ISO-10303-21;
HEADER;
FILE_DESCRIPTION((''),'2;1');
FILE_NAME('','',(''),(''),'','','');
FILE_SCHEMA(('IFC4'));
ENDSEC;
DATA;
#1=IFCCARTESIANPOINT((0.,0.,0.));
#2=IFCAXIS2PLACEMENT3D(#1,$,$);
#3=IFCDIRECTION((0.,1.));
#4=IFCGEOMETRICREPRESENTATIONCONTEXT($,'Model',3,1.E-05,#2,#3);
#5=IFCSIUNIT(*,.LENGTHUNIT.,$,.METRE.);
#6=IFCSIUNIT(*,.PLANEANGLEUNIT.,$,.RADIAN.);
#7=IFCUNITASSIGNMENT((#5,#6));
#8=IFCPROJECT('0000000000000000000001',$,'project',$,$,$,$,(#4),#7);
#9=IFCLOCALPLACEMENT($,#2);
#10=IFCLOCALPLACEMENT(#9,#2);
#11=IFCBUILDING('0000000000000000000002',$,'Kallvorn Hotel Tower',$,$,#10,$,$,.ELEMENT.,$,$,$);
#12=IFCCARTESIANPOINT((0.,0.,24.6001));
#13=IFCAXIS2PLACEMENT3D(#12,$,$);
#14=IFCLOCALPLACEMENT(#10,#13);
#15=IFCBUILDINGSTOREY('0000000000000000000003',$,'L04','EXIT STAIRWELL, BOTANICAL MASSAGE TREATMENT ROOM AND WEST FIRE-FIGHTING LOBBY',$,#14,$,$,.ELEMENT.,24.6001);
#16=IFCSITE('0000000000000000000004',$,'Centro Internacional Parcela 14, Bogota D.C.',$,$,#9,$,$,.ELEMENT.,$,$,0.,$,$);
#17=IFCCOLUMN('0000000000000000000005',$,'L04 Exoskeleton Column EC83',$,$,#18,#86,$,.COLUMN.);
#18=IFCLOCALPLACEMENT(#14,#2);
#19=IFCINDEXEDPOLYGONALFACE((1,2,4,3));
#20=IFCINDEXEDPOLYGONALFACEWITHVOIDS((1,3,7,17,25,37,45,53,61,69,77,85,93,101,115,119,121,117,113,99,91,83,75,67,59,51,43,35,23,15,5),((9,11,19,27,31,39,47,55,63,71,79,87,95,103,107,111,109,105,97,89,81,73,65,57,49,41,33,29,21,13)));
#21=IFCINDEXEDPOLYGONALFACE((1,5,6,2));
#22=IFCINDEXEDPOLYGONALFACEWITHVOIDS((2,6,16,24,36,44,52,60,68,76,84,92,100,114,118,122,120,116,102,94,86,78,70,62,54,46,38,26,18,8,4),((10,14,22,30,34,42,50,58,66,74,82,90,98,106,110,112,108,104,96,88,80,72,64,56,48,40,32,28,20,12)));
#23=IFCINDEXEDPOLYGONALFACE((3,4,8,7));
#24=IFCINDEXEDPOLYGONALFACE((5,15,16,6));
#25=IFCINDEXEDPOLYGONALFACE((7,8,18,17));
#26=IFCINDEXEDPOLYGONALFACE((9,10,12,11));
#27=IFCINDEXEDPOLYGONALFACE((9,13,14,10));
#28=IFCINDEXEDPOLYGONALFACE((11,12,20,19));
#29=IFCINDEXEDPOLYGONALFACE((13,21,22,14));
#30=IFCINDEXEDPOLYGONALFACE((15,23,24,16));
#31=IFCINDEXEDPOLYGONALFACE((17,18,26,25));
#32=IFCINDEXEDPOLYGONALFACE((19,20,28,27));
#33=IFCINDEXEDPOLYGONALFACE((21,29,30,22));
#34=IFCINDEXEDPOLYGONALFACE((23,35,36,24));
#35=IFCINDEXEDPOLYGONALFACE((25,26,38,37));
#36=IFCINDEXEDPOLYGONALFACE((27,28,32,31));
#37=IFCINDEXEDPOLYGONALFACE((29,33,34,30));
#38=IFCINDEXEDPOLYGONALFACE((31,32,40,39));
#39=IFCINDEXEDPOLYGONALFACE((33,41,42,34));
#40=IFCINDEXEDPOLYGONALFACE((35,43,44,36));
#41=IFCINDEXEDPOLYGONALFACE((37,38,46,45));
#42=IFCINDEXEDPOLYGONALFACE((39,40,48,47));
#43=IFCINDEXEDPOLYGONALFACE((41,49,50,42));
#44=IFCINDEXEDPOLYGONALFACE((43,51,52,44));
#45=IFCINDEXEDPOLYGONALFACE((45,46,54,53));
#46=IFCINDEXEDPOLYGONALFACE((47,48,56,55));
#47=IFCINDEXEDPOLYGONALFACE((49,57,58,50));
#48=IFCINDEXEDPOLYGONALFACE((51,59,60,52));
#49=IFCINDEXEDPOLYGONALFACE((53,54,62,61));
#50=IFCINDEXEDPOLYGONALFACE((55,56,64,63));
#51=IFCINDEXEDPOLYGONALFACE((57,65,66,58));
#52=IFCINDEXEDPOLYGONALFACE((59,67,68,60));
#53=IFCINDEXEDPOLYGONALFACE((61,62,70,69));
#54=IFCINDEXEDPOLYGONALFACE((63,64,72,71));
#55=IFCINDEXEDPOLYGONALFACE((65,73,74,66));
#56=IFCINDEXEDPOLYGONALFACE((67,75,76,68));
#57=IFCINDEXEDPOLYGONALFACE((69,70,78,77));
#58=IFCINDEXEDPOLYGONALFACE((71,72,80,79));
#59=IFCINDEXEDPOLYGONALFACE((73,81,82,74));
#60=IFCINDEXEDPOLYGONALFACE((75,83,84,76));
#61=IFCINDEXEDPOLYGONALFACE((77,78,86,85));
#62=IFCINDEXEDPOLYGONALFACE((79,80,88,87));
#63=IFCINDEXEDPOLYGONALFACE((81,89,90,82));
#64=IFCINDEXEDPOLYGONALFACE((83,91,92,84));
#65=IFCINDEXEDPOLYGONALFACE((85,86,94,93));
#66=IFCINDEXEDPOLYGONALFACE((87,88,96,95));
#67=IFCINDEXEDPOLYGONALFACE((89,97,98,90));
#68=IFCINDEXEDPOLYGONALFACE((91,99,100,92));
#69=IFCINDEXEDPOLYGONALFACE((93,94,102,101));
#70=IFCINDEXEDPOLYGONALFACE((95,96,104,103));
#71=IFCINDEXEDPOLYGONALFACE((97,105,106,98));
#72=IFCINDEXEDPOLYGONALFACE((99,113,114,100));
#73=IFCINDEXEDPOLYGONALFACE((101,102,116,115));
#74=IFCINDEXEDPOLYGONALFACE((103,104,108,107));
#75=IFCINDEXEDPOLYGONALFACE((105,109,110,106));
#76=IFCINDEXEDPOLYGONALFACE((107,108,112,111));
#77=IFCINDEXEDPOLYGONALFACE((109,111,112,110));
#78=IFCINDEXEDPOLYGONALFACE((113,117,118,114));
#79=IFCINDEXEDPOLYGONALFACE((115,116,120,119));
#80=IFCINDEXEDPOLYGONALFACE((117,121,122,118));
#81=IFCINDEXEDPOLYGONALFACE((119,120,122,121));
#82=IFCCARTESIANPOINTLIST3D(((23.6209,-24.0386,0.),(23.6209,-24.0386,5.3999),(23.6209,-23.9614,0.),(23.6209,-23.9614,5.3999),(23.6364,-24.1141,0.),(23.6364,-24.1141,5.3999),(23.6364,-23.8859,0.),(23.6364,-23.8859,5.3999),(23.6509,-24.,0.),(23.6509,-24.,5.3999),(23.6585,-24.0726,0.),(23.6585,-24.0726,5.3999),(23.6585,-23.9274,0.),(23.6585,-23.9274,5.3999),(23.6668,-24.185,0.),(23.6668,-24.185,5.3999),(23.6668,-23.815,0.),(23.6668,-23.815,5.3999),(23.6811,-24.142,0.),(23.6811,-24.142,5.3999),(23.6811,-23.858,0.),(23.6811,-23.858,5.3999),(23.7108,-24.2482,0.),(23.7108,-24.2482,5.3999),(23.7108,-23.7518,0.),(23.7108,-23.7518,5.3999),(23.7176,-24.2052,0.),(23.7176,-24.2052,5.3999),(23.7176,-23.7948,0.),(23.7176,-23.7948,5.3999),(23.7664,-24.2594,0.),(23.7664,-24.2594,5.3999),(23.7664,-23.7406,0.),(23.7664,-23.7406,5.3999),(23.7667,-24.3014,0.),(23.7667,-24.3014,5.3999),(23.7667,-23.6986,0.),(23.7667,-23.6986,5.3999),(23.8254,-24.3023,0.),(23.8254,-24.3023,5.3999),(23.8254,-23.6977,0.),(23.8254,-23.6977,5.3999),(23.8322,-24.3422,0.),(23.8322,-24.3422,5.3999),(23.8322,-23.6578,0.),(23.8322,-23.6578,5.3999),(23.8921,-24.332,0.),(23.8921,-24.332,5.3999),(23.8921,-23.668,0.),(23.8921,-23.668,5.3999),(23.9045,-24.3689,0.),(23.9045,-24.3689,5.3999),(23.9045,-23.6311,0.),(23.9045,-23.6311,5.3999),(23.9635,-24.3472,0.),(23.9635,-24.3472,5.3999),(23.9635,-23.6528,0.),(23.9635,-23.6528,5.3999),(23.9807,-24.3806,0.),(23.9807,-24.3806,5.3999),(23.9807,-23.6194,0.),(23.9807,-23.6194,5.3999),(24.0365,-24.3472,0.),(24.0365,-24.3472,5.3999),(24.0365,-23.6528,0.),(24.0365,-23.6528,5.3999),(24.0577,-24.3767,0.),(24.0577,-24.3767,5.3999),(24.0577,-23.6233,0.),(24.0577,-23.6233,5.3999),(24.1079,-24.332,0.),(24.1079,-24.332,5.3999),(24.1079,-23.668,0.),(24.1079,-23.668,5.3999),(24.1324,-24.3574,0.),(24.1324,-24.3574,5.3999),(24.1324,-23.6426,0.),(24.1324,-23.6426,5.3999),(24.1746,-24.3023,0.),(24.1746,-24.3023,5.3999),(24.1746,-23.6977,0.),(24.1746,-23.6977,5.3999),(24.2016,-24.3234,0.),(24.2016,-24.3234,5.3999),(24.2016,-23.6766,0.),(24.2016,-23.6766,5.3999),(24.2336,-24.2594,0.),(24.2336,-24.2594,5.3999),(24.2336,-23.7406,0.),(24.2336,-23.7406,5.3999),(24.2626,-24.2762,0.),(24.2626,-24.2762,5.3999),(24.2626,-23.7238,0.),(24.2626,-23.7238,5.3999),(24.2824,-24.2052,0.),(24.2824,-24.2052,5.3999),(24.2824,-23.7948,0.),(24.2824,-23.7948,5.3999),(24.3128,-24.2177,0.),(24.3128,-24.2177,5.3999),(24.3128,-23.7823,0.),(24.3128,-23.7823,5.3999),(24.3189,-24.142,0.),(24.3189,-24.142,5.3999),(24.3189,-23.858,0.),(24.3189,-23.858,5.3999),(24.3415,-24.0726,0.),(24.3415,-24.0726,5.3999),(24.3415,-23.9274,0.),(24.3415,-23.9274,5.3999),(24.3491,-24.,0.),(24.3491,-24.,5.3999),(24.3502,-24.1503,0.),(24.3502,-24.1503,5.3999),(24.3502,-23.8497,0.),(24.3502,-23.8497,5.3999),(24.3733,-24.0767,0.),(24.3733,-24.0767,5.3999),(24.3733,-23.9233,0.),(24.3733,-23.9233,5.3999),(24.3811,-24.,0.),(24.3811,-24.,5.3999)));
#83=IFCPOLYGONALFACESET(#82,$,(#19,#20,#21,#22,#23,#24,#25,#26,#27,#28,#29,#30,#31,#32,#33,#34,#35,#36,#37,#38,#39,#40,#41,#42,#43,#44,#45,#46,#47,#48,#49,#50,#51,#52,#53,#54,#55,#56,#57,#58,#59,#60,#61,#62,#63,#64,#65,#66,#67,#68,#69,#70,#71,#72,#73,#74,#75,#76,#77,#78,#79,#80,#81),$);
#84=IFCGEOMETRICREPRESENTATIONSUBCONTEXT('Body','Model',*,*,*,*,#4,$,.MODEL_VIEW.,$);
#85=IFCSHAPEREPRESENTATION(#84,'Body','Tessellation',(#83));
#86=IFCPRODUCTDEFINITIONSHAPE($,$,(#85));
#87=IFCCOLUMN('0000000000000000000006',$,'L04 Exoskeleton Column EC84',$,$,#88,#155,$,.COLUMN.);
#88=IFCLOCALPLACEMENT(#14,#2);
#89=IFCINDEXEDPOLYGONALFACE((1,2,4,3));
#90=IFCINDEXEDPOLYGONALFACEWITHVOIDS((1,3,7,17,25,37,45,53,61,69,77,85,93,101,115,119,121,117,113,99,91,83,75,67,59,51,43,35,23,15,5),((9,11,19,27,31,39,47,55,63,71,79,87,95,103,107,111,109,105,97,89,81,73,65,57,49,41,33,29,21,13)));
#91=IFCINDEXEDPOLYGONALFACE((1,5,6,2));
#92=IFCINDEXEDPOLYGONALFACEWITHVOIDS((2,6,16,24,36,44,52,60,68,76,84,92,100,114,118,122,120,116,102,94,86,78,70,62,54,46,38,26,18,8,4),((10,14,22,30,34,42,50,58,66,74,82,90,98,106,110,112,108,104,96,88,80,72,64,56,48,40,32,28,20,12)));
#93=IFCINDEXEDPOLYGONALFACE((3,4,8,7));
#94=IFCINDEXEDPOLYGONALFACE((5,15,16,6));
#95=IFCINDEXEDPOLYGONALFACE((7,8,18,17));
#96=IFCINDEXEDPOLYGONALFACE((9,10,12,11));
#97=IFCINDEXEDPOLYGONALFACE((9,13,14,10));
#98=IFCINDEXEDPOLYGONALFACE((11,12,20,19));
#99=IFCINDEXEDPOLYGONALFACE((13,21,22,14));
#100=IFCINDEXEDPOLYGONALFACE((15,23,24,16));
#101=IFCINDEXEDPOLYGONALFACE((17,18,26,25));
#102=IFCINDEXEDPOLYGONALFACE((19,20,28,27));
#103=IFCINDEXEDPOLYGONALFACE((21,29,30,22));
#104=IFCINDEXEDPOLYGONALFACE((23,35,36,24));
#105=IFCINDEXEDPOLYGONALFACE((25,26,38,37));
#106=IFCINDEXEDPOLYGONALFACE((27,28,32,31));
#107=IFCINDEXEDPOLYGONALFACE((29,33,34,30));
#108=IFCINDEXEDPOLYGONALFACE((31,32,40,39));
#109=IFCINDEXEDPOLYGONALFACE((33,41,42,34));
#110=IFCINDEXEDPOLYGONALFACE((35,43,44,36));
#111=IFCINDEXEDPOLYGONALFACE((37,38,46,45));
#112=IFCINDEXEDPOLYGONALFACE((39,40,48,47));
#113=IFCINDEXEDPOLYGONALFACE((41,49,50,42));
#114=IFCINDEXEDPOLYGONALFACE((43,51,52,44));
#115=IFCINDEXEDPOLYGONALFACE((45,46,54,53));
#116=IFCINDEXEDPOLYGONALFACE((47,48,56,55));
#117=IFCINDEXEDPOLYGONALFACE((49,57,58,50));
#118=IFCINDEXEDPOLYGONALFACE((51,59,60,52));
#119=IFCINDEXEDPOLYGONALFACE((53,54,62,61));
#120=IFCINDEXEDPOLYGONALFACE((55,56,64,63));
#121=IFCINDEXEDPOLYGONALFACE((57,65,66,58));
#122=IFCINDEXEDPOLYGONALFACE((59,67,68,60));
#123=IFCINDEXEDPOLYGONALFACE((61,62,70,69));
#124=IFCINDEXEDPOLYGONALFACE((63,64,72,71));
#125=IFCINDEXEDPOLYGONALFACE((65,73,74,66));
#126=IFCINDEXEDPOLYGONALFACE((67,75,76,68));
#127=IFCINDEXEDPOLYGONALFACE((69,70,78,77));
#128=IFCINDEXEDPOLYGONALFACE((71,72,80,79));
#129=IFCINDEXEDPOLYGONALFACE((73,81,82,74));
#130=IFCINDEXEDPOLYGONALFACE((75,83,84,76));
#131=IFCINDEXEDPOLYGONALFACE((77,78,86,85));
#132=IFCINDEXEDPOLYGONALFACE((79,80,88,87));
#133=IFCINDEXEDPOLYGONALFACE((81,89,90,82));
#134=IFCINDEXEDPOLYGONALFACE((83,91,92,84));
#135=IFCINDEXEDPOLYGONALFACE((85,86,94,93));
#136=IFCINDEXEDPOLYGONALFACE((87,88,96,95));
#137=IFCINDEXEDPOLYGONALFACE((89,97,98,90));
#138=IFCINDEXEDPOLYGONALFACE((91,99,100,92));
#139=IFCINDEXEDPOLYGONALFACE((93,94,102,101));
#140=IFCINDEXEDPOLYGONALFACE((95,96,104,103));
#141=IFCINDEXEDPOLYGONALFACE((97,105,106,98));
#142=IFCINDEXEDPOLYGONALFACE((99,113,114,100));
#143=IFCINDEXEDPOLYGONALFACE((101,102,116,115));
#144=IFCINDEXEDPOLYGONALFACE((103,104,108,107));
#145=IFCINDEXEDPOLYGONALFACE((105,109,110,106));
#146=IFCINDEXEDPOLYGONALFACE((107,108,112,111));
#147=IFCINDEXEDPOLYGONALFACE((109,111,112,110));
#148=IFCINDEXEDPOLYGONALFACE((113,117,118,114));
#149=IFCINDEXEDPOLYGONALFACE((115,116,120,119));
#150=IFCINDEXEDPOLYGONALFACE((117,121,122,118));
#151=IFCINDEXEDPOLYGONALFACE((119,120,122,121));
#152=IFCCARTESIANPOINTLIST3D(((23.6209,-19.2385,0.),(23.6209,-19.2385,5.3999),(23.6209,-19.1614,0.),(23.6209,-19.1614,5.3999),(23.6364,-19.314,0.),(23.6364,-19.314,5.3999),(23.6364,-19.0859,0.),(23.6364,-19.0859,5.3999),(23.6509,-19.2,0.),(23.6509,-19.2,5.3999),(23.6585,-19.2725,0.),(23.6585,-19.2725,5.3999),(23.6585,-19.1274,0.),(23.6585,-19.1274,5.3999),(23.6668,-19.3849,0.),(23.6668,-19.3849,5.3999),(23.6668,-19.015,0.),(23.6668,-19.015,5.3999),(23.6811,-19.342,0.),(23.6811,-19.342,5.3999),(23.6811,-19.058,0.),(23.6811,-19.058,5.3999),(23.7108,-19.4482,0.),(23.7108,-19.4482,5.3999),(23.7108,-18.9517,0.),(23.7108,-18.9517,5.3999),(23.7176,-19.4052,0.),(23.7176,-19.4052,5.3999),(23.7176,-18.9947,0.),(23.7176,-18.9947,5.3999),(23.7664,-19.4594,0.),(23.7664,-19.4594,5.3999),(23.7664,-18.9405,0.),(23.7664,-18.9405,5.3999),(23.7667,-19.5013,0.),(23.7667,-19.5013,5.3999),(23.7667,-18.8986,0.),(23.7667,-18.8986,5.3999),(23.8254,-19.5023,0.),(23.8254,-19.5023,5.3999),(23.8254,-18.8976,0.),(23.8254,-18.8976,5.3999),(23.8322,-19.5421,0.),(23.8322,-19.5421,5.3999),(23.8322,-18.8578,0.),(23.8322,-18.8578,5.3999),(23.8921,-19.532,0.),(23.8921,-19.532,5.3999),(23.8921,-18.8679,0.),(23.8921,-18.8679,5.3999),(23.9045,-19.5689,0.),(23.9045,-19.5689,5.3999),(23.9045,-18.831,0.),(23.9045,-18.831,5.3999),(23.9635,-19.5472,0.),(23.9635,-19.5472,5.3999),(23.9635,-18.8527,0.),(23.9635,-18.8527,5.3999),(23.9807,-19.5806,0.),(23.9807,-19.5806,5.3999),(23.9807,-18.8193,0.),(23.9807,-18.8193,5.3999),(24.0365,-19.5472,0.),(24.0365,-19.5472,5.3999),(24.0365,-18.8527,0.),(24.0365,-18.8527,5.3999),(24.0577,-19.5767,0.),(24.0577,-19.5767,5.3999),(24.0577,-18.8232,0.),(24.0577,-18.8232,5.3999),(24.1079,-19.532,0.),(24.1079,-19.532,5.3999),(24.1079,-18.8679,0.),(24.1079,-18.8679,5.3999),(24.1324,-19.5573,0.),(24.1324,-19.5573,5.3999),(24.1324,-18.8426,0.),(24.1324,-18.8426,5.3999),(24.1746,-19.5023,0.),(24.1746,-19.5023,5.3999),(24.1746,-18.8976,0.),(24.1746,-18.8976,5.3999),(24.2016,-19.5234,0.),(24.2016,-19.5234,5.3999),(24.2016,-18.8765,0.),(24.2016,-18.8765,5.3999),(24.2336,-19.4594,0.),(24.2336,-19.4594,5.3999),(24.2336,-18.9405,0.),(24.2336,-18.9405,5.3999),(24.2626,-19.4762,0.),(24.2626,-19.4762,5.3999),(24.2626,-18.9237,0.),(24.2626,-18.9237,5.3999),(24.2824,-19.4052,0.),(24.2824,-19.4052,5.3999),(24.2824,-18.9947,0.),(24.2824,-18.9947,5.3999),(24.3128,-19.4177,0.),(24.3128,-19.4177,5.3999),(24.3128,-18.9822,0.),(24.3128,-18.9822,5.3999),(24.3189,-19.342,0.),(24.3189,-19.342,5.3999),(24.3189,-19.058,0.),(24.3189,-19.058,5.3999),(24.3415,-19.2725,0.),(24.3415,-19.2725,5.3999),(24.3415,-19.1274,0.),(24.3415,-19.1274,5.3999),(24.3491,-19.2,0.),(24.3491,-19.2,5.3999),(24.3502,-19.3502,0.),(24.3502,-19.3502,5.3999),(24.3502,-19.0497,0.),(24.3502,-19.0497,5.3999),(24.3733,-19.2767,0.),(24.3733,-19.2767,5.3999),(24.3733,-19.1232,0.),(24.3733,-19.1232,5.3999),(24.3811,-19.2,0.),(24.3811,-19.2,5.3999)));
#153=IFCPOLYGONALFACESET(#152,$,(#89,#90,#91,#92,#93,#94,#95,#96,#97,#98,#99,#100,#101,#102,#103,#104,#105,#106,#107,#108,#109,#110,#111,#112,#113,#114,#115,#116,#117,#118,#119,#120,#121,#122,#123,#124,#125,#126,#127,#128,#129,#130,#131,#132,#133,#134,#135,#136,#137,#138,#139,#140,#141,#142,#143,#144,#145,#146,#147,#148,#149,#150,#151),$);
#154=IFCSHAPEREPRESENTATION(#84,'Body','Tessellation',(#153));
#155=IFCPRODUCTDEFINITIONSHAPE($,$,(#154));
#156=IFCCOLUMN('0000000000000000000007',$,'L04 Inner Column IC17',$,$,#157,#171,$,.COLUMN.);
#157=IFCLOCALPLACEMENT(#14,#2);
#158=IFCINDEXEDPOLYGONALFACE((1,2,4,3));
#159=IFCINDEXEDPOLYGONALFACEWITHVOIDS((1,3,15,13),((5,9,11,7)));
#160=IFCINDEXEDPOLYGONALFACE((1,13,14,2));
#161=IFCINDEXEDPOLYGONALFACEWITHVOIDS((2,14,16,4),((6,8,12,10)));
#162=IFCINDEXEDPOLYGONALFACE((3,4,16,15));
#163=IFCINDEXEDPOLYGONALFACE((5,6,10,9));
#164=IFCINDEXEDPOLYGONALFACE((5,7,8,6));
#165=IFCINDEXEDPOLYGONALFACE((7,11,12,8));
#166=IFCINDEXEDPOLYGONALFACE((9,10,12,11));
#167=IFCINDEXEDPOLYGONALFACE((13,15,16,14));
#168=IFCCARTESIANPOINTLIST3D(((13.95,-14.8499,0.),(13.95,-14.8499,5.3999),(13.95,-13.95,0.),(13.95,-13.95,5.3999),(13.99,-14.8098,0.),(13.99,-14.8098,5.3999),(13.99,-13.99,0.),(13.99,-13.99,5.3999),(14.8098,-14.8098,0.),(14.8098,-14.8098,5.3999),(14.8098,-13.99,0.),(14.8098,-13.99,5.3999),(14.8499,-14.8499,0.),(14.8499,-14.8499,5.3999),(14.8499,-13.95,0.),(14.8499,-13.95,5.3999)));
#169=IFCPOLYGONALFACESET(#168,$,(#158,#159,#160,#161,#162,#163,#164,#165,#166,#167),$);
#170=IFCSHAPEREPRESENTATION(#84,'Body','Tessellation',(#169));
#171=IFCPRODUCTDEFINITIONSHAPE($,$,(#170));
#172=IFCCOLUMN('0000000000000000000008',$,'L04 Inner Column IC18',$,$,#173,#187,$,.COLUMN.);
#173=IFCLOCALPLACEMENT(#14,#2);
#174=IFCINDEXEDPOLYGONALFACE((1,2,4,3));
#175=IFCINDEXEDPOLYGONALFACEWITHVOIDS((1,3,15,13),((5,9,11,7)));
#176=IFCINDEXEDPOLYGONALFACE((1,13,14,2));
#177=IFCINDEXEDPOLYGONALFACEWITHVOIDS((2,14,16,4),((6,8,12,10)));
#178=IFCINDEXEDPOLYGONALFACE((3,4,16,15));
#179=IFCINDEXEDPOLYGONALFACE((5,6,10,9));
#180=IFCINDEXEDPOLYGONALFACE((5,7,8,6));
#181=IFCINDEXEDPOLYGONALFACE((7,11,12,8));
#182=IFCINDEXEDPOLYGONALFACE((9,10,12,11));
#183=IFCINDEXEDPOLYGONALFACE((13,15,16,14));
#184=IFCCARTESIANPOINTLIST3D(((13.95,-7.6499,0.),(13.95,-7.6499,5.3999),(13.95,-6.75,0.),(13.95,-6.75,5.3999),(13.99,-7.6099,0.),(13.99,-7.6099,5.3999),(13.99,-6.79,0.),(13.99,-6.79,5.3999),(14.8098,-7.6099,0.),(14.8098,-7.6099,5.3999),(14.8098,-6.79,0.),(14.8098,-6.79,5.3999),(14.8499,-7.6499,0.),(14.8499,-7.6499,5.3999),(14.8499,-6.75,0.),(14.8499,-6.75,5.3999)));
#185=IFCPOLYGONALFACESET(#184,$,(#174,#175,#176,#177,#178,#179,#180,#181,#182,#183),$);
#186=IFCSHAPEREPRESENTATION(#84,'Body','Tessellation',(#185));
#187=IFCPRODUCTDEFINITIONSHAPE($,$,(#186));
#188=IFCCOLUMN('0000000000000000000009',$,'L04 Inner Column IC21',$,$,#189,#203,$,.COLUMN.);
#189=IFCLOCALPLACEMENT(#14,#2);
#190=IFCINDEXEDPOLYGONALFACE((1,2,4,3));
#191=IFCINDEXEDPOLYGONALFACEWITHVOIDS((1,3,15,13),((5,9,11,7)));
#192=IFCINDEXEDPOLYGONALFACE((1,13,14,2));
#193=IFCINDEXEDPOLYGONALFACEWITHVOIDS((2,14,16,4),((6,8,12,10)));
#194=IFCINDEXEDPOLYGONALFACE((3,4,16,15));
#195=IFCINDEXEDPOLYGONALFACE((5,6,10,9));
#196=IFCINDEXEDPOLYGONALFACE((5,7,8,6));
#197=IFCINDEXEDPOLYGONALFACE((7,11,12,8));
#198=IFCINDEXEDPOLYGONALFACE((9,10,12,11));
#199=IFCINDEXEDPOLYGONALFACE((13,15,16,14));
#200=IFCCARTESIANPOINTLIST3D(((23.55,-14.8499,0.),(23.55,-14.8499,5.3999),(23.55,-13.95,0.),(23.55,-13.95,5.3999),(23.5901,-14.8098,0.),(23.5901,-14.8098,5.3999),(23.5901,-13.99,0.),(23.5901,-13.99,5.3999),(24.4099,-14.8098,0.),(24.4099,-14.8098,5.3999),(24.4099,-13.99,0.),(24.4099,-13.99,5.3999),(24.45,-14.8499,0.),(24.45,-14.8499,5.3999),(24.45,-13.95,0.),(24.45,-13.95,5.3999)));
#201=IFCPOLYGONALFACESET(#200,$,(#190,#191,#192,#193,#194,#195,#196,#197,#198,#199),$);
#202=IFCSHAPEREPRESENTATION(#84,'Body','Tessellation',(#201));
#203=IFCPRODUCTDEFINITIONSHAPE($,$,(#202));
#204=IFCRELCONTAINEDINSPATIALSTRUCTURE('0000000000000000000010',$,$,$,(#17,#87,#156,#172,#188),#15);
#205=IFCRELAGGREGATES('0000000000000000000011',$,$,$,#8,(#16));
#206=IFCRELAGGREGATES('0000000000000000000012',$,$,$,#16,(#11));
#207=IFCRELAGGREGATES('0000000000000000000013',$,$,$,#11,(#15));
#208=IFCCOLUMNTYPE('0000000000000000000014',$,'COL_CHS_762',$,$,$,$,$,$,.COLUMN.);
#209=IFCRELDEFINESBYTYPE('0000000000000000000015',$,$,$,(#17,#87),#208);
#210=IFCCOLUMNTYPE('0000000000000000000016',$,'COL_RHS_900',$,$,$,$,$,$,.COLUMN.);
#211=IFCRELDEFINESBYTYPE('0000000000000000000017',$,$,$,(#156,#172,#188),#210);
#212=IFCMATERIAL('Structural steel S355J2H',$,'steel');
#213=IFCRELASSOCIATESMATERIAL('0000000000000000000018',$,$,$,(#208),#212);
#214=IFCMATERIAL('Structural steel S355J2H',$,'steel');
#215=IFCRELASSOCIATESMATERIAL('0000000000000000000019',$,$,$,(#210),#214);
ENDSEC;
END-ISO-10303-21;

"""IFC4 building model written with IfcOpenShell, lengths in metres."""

from ifc_helpers import new_model, si_unit, direction, frame, origin, origin_2d, place, context, subcontext, project, spatial, hollow_rectangle, hollow_circle, extrude, material, material_profile, profile_set, type_object, element, save


model = new_model("IFC4")

# Units and contexts
model_context = context("Model", 3, precision=1e-05, world=origin(), true_north=direction((0.0, 1.0)))
body_context = subcontext(model_context, "Body", "Model", "MODEL_VIEW")
ifc_project = project(units=[si_unit("LENGTHUNIT", "METRE"), si_unit("PLANEANGLEUNIT", "RADIAN")], contexts=[model_context])

# Site, building, storey
site_placement = place(None, origin())
site = spatial("IfcSite", under=ifc_project, at=site_placement, Name="Centro Internacional Parcela 14, Bogota D.C.", CompositionType="ELEMENT", RefElevation=0.0)
building_placement = place(site_placement, origin())
building = spatial("IfcBuilding", under=site, at=building_placement, Name="Kallvorn Hotel Tower", CompositionType="ELEMENT")
storey_placement = place(building_placement, frame((0.0, 0.0, 24.6001)))
storey = spatial("IfcBuildingStorey", under=building, at=storey_placement, Name="L04", Description="EXIT STAIRWELL, BOTANICAL MASSAGE TREATMENT ROOM AND WEST FIRE-FIGHTING LOBBY", CompositionType="ELEMENT", Elevation=24.6001)

# Columns
ifc_material_1 = material(Name="Structural steel S355J2H", Category="steel")
ifc_material_profile_1 = material_profile(ifc_material_1, hollow_circle(Radius=0.3811, WallThickness=0.032, at=origin_2d()), Name="CHS 762x32")
ifc_profile_set_1 = profile_set([ifc_material_profile_1], Name="Structural steel S355J2H")
column_type_1 = type_object("IfcColumnType", Name="COL_CHS_762", PredefinedType="COLUMN", material=ifc_profile_set_1)
for number, where, z_axis, x_axis, name in (
    (1, (24.0, -24.0, 0.0), (0.0, 0.0, 1.0), (1.0, 0.0, 0.0), "L04 Exoskeleton Column EC83"),
    (2, (24.0, -19.2, 0.0), (0.0, 0.0, 1.0), (1.0, 0.0, 0.0), "L04 Exoskeleton Column EC84"),
):
    element("IfcColumn", number, at=place(storey_placement, frame(where, z_axis=z_axis, x_axis=x_axis)), inside=storey, type_object=column_type_1, Name=name, PredefinedType="COLUMN", context=body_context, shape_type="SweptSolid", body=[
        extrude(hollow_circle(Radius=0.3811, WallThickness=0.032, at=origin_2d()), origin(), (0.0, 0.0, 1.0), 5.3999),
    ])
ifc_material_2 = material(Name="Structural steel S355J2H", Category="steel")
ifc_material_profile_2 = material_profile(ifc_material_2, hollow_rectangle(XDim=0.8999, YDim=0.8999, WallThickness=0.04, at=origin_2d()), Name="RHS 900x900x40")
ifc_profile_set_2 = profile_set([ifc_material_profile_2], Name="Structural steel S355J2H")
column_type_2 = type_object("IfcColumnType", Name="COL_RHS_900", PredefinedType="COLUMN", material=ifc_profile_set_2)
for number, where, z_axis, x_axis, name in (
    (3, (14.3999, -14.3999, 0.0), (0.0, 0.0, 1.0), (1.0, 0.0, 0.0), "L04 Inner Column IC17"),
    (4, (14.3999, -7.2, 0.0), (0.0, 0.0, 1.0), (1.0, 0.0, 0.0), "L04 Inner Column IC18"),
    (5, (24.0, -14.3999, 0.0), (0.0, 0.0, 1.0), (1.0, 0.0, 0.0), "L04 Inner Column IC21"),
):
    element("IfcColumn", number, at=place(storey_placement, frame(where, z_axis=z_axis, x_axis=x_axis)), inside=storey, type_object=column_type_2, Name=name, PredefinedType="COLUMN", context=body_context, shape_type="SweptSolid", body=[
        extrude(hollow_rectangle(XDim=0.8999, YDim=0.8999, WallThickness=0.04, at=origin_2d()), origin(), (0.0, 0.0, 1.0), 5.3999),
    ])

save(model, "model.ifc")
